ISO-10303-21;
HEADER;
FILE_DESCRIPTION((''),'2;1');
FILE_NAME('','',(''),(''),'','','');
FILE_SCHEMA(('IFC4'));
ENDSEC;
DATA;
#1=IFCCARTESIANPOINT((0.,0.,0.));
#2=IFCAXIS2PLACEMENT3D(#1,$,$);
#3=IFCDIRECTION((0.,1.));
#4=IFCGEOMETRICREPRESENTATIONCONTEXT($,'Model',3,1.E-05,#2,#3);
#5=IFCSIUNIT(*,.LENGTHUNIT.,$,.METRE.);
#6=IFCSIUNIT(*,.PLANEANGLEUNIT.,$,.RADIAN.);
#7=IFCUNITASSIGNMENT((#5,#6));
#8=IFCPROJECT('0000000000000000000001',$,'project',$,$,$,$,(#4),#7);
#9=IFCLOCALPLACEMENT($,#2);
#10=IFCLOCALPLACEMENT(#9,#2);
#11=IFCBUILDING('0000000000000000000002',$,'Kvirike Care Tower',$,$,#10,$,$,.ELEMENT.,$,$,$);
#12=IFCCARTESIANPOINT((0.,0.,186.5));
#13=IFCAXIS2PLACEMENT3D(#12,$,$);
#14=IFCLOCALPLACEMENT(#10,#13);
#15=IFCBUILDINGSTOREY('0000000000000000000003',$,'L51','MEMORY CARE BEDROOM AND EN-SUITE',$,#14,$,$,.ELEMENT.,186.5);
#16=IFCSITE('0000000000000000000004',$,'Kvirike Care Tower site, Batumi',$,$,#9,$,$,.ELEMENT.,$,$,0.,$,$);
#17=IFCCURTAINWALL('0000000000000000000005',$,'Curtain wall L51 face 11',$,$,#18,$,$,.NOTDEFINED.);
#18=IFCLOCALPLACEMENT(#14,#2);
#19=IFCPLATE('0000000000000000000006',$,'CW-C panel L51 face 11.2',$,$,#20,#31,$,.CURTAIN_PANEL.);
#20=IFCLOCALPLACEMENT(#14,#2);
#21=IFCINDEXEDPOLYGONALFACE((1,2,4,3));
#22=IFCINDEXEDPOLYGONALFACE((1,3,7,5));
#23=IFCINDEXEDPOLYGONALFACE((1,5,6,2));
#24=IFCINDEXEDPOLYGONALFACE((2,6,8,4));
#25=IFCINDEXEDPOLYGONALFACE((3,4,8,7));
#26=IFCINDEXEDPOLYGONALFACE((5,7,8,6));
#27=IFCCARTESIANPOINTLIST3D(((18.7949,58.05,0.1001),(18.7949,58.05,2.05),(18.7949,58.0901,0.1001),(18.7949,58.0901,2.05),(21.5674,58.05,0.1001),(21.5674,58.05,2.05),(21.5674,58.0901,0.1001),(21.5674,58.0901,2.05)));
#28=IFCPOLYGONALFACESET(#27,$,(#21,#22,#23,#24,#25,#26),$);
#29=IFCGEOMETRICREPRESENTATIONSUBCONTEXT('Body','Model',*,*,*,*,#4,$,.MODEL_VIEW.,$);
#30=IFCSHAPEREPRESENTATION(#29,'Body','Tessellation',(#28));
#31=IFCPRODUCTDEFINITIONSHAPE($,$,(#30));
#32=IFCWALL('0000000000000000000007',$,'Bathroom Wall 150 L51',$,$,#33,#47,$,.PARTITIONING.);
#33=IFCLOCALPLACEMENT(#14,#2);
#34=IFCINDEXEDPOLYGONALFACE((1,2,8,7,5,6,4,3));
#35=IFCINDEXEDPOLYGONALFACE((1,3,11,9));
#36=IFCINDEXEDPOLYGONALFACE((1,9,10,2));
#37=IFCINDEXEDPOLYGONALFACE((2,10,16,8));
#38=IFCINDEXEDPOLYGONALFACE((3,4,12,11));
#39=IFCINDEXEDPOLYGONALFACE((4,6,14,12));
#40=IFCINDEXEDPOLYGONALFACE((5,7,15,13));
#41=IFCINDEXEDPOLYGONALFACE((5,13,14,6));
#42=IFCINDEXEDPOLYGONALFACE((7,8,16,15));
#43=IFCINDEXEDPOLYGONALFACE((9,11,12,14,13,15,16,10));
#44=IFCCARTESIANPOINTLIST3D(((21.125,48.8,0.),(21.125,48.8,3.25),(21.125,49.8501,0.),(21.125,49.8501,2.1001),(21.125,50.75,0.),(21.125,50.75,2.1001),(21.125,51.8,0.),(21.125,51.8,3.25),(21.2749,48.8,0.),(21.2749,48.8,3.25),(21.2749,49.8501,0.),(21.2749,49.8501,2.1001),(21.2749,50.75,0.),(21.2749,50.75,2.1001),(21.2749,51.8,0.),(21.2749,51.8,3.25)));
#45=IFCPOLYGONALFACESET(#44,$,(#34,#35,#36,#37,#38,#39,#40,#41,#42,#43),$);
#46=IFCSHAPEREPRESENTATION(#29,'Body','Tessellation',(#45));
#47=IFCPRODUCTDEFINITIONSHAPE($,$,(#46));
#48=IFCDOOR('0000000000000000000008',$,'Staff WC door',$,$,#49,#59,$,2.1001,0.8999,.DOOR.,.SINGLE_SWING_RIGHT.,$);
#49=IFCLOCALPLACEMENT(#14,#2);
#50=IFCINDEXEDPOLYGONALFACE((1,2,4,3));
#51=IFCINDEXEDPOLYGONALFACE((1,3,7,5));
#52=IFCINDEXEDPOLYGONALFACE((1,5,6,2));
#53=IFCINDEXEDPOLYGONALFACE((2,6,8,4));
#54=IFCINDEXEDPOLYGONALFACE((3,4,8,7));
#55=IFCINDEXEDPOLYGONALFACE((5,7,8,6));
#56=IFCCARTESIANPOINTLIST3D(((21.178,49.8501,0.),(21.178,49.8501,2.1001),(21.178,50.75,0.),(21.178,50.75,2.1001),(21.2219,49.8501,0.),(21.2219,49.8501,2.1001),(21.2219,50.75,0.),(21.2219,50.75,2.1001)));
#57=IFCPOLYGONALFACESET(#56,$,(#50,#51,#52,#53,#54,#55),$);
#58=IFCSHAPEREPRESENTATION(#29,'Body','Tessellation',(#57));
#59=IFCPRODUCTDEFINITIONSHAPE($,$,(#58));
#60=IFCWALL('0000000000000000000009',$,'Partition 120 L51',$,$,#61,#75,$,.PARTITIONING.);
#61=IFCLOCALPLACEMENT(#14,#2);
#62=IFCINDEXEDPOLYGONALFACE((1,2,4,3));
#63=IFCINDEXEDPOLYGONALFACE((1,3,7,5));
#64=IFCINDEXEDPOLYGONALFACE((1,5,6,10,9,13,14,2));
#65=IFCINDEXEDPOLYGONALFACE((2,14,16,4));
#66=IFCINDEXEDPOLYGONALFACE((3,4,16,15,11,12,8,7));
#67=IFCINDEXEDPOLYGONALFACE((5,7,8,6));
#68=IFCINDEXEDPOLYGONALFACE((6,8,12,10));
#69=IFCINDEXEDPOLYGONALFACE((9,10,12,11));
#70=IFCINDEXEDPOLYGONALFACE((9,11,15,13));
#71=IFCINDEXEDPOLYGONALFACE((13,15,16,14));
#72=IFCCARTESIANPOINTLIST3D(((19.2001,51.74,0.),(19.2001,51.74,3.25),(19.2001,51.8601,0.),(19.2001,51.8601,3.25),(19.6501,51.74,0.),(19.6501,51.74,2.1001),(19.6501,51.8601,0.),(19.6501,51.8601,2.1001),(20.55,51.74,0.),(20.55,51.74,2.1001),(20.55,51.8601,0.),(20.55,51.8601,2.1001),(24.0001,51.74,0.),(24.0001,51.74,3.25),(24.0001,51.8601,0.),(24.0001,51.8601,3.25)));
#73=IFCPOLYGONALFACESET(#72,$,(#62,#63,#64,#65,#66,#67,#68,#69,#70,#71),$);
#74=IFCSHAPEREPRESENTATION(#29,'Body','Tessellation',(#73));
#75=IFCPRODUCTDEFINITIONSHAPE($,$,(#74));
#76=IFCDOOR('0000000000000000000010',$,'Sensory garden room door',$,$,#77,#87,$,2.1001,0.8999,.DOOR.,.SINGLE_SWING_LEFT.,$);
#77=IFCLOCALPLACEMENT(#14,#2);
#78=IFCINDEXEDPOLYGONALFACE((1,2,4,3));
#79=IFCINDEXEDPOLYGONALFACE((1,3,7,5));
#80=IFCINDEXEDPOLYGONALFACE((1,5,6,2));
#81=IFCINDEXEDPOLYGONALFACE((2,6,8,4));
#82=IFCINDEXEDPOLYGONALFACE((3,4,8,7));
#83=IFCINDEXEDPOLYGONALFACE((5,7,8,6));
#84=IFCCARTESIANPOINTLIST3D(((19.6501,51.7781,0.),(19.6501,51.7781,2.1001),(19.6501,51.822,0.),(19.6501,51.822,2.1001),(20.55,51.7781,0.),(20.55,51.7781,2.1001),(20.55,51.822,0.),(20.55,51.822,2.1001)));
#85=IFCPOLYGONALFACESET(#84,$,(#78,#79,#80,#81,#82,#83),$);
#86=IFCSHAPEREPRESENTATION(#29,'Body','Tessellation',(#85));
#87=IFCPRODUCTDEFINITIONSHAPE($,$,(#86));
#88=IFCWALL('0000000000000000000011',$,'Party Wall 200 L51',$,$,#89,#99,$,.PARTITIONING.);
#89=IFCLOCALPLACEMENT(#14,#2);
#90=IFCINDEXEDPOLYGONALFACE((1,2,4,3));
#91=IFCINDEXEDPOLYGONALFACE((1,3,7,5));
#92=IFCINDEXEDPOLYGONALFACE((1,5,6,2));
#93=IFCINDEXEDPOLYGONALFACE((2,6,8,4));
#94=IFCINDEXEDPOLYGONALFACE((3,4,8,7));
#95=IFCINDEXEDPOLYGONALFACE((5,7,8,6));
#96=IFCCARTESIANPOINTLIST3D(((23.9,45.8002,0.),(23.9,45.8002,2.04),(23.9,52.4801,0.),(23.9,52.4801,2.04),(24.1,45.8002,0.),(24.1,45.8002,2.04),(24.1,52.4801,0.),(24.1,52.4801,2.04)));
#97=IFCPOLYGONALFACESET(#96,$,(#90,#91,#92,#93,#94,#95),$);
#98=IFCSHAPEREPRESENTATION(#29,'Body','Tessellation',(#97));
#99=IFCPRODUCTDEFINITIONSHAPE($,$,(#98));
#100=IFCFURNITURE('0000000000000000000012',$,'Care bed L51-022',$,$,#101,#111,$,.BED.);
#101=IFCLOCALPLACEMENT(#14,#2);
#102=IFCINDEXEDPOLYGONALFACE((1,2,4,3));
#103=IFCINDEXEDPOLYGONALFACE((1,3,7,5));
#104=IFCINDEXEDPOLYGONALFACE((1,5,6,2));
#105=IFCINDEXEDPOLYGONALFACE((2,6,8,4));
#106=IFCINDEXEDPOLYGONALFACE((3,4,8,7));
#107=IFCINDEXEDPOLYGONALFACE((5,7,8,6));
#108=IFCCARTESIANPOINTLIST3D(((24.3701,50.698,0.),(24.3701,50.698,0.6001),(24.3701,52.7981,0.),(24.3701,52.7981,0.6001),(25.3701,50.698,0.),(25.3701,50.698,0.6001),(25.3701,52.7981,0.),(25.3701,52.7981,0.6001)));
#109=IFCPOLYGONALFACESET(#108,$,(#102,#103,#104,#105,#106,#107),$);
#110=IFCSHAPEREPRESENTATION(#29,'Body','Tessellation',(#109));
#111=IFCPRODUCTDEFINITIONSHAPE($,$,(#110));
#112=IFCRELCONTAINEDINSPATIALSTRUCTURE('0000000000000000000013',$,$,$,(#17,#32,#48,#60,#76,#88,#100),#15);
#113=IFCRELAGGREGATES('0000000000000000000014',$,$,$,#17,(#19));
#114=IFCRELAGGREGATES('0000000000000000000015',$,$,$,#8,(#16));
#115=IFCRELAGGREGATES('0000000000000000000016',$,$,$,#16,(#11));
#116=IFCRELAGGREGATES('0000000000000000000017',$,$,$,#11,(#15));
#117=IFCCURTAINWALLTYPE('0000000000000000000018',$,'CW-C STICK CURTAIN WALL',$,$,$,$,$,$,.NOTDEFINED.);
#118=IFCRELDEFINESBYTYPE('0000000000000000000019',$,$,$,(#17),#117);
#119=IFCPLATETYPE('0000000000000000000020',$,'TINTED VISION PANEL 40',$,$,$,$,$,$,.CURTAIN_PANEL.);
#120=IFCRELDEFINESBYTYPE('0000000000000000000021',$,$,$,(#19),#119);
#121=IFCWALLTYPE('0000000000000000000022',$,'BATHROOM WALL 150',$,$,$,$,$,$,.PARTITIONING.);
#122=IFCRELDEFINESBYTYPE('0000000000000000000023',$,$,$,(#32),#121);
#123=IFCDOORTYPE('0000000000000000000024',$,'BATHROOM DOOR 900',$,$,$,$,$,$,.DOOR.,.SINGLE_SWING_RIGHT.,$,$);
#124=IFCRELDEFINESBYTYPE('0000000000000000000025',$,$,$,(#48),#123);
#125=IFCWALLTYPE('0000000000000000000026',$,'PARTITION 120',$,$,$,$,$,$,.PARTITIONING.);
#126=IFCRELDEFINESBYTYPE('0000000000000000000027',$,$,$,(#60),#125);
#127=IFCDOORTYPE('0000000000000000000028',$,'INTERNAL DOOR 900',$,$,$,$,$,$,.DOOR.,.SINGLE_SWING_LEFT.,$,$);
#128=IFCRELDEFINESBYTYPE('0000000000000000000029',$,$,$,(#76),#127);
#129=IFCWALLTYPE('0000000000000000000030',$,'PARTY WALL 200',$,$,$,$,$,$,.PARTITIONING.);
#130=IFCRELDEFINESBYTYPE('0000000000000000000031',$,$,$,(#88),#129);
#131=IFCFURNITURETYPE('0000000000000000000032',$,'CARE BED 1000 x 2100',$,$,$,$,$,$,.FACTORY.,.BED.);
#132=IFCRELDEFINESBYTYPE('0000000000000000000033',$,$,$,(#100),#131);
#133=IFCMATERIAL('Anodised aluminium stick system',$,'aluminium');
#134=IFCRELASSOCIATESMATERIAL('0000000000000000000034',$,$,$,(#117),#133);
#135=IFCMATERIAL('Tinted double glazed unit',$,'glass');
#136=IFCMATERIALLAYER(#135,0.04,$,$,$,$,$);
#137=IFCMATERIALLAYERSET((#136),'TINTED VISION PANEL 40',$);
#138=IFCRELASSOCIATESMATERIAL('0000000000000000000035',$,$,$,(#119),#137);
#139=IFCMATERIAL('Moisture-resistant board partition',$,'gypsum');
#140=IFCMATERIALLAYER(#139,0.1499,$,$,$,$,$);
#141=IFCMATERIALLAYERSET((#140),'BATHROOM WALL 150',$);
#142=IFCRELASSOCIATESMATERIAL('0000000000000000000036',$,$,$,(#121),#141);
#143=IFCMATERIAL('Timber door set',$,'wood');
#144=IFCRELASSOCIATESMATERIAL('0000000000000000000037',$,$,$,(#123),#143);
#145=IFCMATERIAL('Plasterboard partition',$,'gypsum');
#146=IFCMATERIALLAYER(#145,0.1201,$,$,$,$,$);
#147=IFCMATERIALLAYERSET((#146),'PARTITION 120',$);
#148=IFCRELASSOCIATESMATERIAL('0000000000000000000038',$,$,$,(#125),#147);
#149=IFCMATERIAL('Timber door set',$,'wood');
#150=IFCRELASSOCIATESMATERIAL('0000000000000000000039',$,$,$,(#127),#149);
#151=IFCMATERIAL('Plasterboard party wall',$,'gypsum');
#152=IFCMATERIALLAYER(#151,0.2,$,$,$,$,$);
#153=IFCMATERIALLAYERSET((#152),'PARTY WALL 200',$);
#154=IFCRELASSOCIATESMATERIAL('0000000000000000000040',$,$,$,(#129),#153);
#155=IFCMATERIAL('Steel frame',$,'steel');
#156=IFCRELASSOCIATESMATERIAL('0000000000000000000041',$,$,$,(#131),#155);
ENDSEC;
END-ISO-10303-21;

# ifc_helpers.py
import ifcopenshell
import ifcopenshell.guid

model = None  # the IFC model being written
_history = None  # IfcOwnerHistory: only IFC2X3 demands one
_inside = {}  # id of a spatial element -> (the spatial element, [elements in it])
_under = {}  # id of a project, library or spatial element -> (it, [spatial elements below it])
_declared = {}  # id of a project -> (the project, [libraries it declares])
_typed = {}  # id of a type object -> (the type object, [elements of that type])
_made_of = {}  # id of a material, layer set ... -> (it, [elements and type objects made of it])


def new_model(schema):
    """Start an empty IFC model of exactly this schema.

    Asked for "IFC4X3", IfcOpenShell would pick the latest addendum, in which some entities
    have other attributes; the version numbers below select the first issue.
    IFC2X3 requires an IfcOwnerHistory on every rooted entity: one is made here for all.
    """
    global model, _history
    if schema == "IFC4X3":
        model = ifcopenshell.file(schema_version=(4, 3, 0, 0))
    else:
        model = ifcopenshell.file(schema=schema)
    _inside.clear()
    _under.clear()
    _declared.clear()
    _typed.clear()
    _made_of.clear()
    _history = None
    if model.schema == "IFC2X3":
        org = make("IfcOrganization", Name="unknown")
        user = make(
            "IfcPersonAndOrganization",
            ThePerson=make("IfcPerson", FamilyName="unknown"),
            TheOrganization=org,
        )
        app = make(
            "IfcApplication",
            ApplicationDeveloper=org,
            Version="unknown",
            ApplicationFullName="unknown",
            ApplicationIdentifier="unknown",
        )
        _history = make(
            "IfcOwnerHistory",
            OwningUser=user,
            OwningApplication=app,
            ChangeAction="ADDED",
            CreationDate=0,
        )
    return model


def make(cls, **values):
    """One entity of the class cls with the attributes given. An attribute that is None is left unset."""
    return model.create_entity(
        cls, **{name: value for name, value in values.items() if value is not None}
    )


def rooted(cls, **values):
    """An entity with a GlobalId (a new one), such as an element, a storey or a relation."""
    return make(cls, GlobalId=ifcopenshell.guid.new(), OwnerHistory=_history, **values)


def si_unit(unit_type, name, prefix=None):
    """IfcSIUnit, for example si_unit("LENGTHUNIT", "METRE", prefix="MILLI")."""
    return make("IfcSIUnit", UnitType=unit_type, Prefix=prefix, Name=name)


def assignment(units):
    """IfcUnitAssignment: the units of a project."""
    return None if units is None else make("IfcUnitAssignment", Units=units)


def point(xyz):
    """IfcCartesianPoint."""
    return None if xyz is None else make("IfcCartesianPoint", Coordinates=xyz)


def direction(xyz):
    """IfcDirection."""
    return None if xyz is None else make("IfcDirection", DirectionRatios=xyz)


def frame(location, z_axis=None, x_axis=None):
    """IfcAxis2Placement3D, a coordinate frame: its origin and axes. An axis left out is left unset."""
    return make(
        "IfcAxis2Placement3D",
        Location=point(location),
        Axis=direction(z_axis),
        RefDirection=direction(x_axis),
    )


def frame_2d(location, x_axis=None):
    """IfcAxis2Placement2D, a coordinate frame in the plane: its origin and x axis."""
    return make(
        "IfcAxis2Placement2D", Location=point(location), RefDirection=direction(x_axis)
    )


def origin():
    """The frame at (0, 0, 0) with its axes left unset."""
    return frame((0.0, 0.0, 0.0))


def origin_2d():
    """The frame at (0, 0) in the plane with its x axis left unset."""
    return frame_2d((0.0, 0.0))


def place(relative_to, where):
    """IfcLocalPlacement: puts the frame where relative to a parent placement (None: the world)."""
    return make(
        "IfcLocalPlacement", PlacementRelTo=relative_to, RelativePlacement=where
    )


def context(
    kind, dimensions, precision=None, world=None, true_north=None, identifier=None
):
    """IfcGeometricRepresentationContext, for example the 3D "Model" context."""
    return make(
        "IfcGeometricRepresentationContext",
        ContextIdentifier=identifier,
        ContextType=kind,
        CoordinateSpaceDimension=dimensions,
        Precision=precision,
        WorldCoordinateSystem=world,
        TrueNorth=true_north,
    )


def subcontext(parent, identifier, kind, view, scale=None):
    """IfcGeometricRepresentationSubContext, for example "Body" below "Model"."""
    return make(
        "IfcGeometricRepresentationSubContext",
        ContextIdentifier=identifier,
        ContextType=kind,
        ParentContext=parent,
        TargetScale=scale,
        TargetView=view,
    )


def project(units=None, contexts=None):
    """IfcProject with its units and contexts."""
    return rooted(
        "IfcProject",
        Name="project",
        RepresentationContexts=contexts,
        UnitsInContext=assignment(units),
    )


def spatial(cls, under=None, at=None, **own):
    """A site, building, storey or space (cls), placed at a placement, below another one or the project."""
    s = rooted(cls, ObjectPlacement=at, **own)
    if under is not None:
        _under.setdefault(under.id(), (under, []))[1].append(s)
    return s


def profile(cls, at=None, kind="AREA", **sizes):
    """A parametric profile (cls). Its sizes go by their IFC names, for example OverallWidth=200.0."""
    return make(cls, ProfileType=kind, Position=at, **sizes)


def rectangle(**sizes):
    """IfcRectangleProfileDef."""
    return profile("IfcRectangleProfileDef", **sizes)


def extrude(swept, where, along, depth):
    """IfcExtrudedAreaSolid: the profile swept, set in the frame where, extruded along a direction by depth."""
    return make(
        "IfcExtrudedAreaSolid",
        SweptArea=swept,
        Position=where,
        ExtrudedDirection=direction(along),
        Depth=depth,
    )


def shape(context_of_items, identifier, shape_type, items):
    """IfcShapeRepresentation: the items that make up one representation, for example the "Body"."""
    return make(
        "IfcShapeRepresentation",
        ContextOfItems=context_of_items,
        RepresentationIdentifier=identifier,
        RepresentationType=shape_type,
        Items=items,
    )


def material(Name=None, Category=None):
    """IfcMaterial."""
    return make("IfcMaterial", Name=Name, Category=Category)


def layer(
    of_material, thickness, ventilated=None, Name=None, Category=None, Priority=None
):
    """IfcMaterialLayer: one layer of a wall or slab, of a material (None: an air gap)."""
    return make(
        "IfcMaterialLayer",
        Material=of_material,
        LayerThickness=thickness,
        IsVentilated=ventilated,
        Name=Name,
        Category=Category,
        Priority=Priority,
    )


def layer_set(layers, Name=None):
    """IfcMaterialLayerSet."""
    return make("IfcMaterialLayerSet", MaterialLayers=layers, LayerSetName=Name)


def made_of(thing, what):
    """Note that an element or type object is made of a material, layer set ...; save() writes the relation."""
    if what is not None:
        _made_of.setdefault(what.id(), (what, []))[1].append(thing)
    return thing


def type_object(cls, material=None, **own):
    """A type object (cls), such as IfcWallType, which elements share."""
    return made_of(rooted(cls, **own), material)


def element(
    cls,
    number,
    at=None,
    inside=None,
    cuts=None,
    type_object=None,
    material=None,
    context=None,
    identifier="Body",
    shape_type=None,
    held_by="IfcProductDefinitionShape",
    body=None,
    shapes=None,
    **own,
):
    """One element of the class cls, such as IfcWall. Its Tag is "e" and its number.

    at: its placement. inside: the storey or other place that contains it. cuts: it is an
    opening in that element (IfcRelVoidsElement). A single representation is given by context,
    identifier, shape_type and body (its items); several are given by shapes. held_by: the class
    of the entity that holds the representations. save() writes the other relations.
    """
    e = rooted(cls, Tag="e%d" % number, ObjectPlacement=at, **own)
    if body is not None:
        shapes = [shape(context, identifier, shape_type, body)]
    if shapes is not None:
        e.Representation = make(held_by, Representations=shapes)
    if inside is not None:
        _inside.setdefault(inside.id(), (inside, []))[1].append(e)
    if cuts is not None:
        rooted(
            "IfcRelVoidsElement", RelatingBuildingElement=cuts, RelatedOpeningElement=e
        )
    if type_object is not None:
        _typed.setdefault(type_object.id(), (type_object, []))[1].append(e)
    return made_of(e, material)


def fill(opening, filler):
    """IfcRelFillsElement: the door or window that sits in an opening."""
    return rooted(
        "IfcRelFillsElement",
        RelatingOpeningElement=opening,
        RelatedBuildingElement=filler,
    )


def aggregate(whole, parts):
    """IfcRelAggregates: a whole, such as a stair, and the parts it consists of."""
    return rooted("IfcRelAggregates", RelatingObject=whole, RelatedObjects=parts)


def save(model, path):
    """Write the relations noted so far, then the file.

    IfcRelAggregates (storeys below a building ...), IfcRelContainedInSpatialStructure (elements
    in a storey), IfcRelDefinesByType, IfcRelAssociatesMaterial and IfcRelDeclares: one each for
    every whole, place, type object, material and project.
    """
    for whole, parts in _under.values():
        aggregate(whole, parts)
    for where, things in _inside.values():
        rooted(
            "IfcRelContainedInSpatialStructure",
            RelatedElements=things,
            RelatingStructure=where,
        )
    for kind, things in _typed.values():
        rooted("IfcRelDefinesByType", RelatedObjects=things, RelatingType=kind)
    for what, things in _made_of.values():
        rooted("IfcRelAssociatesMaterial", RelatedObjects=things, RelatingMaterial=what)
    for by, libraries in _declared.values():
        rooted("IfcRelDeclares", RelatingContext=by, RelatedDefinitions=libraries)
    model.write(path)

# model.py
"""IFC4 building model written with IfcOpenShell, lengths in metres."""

from ifc_helpers import new_model, si_unit, direction, frame, frame_2d, origin, origin_2d, place, context, subcontext, project, spatial, rectangle, extrude, material, layer, layer_set, type_object, element, fill, aggregate, save


model = new_model("IFC4")

# Units and contexts
model_context = context("Model", 3, precision=1e-05, world=origin(), true_north=direction((0.0, 1.0)))
body_context = subcontext(model_context, "Body", "Model", "MODEL_VIEW")
ifc_project = project(units=[si_unit("LENGTHUNIT", "METRE"), si_unit("PLANEANGLEUNIT", "RADIAN")], contexts=[model_context])

# Site, building, storey
site_placement = place(None, origin())
site = spatial("IfcSite", under=ifc_project, at=site_placement, Name="Kvirike Care Tower site, Batumi", CompositionType="ELEMENT", RefElevation=0.0)
building_placement = place(site_placement, origin())
building = spatial("IfcBuilding", under=site, at=building_placement, Name="Kvirike Care Tower", CompositionType="ELEMENT")
storey_placement = place(building_placement, frame((0.0, 0.0, 186.5)))
storey = spatial("IfcBuildingStorey", under=building, at=storey_placement, Name="L51", Description="MEMORY CARE BEDROOM AND EN-SUITE", CompositionType="ELEMENT", Elevation=186.5)

# Curtain wall
ifc_material_1 = material(Name="Anodised aluminium stick system", Category="aluminium")
curtain_wall_type = type_object("IfcCurtainWallType", Name="CW-C STICK CURTAIN WALL", PredefinedType="NOTDEFINED", material=ifc_material_1)
curtain_wall_1_placement = place(storey_placement, origin())
curtain_wall_1 = element("IfcCurtainWall", 1, at=curtain_wall_1_placement, inside=storey, type_object=curtain_wall_type, Name="Curtain wall L51 face 11", PredefinedType="NOTDEFINED")

# Plate
ifc_material_2 = material(Name="Tinted double glazed unit", Category="glass")
ifc_layer_1 = layer(ifc_material_2, 0.04)
ifc_layer_set_1 = layer_set([ifc_layer_1], Name="TINTED VISION PANEL 40")
plate_type = type_object("IfcPlateType", Name="TINTED VISION PANEL 40", PredefinedType="CURTAIN_PANEL", material=ifc_layer_set_1)
plate_1_placement = place(storey_placement, frame((20.1812, 58.0701, 0.1001), z_axis=(0.0, 0.0, 1.0), x_axis=(-1.0, 0.0, 0.0)))
plate_1 = element("IfcPlate", 2, at=plate_1_placement, type_object=plate_type, Name="CW-C panel L51 face 11.2", PredefinedType="CURTAIN_PANEL", context=body_context, shape_type="SweptSolid", body=[
    extrude(rectangle(XDim=2.7725, YDim=0.04, at=origin_2d()), origin(), (0.0, 0.0, 1.0), 1.95),
])
aggregate(curtain_wall_1, [plate_1])

# Walls, openings, doors
ifc_material_3 = material(Name="Moisture-resistant board partition", Category="gypsum")
ifc_layer_2 = layer(ifc_material_3, 0.1499)
ifc_layer_set_2 = layer_set([ifc_layer_2], Name="BATHROOM WALL 150")
wall_type_1 = type_object("IfcWallType", Name="BATHROOM WALL 150", PredefinedType="PARTITIONING", material=ifc_layer_set_2)
wall_1_placement = place(storey_placement, frame((21.2, 51.8, 0.0), z_axis=(0.0, 0.0, 1.0), x_axis=(0.0, -1.0, 0.0)))
wall_1 = element("IfcWall", 3, at=wall_1_placement, inside=storey, type_object=wall_type_1, Name="Bathroom Wall 150 L51", PredefinedType="PARTITIONING", context=body_context, shape_type="SweptSolid", body=[
    extrude(rectangle(XDim=3.0, YDim=0.1499, at=frame_2d((1.5, 0.0))), origin(), (0.0, 0.0, 1.0), 3.25),
])
opening_1_placement = place(wall_1_placement, frame((1.05, 0.0, 0.0)))
opening_1 = element("IfcOpeningElement", 4, at=opening_1_placement, cuts=wall_1, PredefinedType="OPENING", context=body_context, shape_type="SweptSolid", body=[
    extrude(rectangle(XDim=0.8999, YDim=2.1001, at=frame_2d((0.45, 1.05))), frame((0.0, 0.0854, 0.0), z_axis=(0.0, -1.0, 0.0), x_axis=(1.0, 0.0, 0.0)), (0.0, 0.0, 1.0), 0.1709),
])
ifc_material_4 = material(Name="Timber door set", Category="wood")
door_type_1 = type_object("IfcDoorType", Name="BATHROOM DOOR 900", OperationType="SINGLE_SWING_RIGHT", PredefinedType="DOOR", material=ifc_material_4)
door_1_placement = place(opening_1_placement, origin())
door_1 = element("IfcDoor", 5, at=door_1_placement, inside=storey, type_object=door_type_1, Name="Staff WC door", OperationType="SINGLE_SWING_RIGHT", OverallHeight=2.1001, OverallWidth=0.8999, PredefinedType="DOOR", context=body_context, shape_type="SweptSolid", body=[
    extrude(rectangle(XDim=0.8999, YDim=2.1001, at=frame_2d((0.45, 1.05))), frame((0.0, 0.022, 0.0), z_axis=(0.0, -1.0, 0.0), x_axis=(1.0, 0.0, 0.0)), (0.0, 0.0, 1.0), 0.0439),
])
fill(opening_1, door_1)
ifc_material_5 = material(Name="Plasterboard partition", Category="gypsum")
ifc_layer_3 = layer(ifc_material_5, 0.1201)
ifc_layer_set_3 = layer_set([ifc_layer_3], Name="PARTITION 120")
wall_type_2 = type_object("IfcWallType", Name="PARTITION 120", PredefinedType="PARTITIONING", material=ifc_layer_set_3)
wall_2_placement = place(storey_placement, frame((24.0, 51.8, 0.0), z_axis=(0.0, 0.0, 1.0), x_axis=(-1.0, 0.0, 0.0)))
wall_2 = element("IfcWall", 6, at=wall_2_placement, inside=storey, type_object=wall_type_2, Name="Partition 120 L51", PredefinedType="PARTITIONING", context=body_context, shape_type="SweptSolid", body=[
    extrude(rectangle(XDim=4.8, YDim=0.1201, at=frame_2d((2.3999, 0.0))), origin(), (0.0, 0.0, 1.0), 3.25),
])
opening_2_placement = place(wall_2_placement, frame((3.45, 0.0, 0.0)))
opening_2 = element("IfcOpeningElement", 7, at=opening_2_placement, cuts=wall_2, PredefinedType="OPENING", context=body_context, shape_type="SweptSolid", body=[
    extrude(rectangle(XDim=0.8999, YDim=2.1001, at=frame_2d((0.45, 1.05))), frame((0.0, 0.0706, 0.0), z_axis=(0.0, -1.0, 0.0), x_axis=(1.0, 0.0, 0.0)), (0.0, 0.0, 1.0), 0.1411),
])
ifc_material_6 = material(Name="Timber door set", Category="wood")
door_type_2 = type_object("IfcDoorType", Name="INTERNAL DOOR 900", OperationType="SINGLE_SWING_LEFT", PredefinedType="DOOR", material=ifc_material_6)
door_2_placement = place(opening_2_placement, origin())
door_2 = element("IfcDoor", 8, at=door_2_placement, inside=storey, type_object=door_type_2, Name="Sensory garden room door", OperationType="SINGLE_SWING_LEFT", OverallHeight=2.1001, OverallWidth=0.8999, PredefinedType="DOOR", context=body_context, shape_type="SweptSolid", body=[
    extrude(rectangle(XDim=0.8999, YDim=2.1001, at=frame_2d((0.45, 1.05))), frame((0.0, 0.022, 0.0), z_axis=(0.0, -1.0, 0.0), x_axis=(1.0, 0.0, 0.0)), (0.0, 0.0, 1.0), 0.0439),
])
fill(opening_2, door_2)

# Wall
ifc_material_7 = material(Name="Plasterboard party wall", Category="gypsum")
ifc_layer_4 = layer(ifc_material_7, 0.2)
ifc_layer_set_4 = layer_set([ifc_layer_4], Name="PARTY WALL 200")
wall_type_3 = type_object("IfcWallType", Name="PARTY WALL 200", PredefinedType="PARTITIONING", material=ifc_layer_set_4)
wall_3_placement = place(storey_placement, frame((24.0, 52.48, 0.0), z_axis=(0.0, 0.0, 1.0), x_axis=(0.0, -1.0, 0.0)))
element("IfcWall", 9, at=wall_3_placement, inside=storey, type_object=wall_type_3, Name="Party Wall 200 L51", PredefinedType="PARTITIONING", context=body_context, shape_type="SweptSolid", body=[
    extrude(rectangle(XDim=6.6799, YDim=0.2, at=frame_2d((3.3398, 0.0))), origin(), (0.0, 0.0, 1.0), 2.04),
])

# Furniture
ifc_material_8 = material(Name="Steel frame", Category="steel")
furniture_type = type_object("IfcFurnitureType", Name="CARE BED 1000 x 2100", AssemblyPlace="FACTORY", PredefinedType="BED", material=ifc_material_8)
furniture_placement = place(storey_placement, frame((24.8701, 51.748, 0.0), z_axis=(0.0, 0.0, 1.0), x_axis=(1.0, 0.0, 0.0)))
element("IfcFurniture", 10, at=furniture_placement, inside=storey, type_object=furniture_type, Name="Care bed L51-022", PredefinedType="BED", context=body_context, shape_type="SweptSolid", body=[
    extrude(rectangle(XDim=1.0, YDim=2.1001, at=origin_2d()), origin(), (0.0, 0.0, 1.0), 0.6001),
])

save(model, "model.ifc")
